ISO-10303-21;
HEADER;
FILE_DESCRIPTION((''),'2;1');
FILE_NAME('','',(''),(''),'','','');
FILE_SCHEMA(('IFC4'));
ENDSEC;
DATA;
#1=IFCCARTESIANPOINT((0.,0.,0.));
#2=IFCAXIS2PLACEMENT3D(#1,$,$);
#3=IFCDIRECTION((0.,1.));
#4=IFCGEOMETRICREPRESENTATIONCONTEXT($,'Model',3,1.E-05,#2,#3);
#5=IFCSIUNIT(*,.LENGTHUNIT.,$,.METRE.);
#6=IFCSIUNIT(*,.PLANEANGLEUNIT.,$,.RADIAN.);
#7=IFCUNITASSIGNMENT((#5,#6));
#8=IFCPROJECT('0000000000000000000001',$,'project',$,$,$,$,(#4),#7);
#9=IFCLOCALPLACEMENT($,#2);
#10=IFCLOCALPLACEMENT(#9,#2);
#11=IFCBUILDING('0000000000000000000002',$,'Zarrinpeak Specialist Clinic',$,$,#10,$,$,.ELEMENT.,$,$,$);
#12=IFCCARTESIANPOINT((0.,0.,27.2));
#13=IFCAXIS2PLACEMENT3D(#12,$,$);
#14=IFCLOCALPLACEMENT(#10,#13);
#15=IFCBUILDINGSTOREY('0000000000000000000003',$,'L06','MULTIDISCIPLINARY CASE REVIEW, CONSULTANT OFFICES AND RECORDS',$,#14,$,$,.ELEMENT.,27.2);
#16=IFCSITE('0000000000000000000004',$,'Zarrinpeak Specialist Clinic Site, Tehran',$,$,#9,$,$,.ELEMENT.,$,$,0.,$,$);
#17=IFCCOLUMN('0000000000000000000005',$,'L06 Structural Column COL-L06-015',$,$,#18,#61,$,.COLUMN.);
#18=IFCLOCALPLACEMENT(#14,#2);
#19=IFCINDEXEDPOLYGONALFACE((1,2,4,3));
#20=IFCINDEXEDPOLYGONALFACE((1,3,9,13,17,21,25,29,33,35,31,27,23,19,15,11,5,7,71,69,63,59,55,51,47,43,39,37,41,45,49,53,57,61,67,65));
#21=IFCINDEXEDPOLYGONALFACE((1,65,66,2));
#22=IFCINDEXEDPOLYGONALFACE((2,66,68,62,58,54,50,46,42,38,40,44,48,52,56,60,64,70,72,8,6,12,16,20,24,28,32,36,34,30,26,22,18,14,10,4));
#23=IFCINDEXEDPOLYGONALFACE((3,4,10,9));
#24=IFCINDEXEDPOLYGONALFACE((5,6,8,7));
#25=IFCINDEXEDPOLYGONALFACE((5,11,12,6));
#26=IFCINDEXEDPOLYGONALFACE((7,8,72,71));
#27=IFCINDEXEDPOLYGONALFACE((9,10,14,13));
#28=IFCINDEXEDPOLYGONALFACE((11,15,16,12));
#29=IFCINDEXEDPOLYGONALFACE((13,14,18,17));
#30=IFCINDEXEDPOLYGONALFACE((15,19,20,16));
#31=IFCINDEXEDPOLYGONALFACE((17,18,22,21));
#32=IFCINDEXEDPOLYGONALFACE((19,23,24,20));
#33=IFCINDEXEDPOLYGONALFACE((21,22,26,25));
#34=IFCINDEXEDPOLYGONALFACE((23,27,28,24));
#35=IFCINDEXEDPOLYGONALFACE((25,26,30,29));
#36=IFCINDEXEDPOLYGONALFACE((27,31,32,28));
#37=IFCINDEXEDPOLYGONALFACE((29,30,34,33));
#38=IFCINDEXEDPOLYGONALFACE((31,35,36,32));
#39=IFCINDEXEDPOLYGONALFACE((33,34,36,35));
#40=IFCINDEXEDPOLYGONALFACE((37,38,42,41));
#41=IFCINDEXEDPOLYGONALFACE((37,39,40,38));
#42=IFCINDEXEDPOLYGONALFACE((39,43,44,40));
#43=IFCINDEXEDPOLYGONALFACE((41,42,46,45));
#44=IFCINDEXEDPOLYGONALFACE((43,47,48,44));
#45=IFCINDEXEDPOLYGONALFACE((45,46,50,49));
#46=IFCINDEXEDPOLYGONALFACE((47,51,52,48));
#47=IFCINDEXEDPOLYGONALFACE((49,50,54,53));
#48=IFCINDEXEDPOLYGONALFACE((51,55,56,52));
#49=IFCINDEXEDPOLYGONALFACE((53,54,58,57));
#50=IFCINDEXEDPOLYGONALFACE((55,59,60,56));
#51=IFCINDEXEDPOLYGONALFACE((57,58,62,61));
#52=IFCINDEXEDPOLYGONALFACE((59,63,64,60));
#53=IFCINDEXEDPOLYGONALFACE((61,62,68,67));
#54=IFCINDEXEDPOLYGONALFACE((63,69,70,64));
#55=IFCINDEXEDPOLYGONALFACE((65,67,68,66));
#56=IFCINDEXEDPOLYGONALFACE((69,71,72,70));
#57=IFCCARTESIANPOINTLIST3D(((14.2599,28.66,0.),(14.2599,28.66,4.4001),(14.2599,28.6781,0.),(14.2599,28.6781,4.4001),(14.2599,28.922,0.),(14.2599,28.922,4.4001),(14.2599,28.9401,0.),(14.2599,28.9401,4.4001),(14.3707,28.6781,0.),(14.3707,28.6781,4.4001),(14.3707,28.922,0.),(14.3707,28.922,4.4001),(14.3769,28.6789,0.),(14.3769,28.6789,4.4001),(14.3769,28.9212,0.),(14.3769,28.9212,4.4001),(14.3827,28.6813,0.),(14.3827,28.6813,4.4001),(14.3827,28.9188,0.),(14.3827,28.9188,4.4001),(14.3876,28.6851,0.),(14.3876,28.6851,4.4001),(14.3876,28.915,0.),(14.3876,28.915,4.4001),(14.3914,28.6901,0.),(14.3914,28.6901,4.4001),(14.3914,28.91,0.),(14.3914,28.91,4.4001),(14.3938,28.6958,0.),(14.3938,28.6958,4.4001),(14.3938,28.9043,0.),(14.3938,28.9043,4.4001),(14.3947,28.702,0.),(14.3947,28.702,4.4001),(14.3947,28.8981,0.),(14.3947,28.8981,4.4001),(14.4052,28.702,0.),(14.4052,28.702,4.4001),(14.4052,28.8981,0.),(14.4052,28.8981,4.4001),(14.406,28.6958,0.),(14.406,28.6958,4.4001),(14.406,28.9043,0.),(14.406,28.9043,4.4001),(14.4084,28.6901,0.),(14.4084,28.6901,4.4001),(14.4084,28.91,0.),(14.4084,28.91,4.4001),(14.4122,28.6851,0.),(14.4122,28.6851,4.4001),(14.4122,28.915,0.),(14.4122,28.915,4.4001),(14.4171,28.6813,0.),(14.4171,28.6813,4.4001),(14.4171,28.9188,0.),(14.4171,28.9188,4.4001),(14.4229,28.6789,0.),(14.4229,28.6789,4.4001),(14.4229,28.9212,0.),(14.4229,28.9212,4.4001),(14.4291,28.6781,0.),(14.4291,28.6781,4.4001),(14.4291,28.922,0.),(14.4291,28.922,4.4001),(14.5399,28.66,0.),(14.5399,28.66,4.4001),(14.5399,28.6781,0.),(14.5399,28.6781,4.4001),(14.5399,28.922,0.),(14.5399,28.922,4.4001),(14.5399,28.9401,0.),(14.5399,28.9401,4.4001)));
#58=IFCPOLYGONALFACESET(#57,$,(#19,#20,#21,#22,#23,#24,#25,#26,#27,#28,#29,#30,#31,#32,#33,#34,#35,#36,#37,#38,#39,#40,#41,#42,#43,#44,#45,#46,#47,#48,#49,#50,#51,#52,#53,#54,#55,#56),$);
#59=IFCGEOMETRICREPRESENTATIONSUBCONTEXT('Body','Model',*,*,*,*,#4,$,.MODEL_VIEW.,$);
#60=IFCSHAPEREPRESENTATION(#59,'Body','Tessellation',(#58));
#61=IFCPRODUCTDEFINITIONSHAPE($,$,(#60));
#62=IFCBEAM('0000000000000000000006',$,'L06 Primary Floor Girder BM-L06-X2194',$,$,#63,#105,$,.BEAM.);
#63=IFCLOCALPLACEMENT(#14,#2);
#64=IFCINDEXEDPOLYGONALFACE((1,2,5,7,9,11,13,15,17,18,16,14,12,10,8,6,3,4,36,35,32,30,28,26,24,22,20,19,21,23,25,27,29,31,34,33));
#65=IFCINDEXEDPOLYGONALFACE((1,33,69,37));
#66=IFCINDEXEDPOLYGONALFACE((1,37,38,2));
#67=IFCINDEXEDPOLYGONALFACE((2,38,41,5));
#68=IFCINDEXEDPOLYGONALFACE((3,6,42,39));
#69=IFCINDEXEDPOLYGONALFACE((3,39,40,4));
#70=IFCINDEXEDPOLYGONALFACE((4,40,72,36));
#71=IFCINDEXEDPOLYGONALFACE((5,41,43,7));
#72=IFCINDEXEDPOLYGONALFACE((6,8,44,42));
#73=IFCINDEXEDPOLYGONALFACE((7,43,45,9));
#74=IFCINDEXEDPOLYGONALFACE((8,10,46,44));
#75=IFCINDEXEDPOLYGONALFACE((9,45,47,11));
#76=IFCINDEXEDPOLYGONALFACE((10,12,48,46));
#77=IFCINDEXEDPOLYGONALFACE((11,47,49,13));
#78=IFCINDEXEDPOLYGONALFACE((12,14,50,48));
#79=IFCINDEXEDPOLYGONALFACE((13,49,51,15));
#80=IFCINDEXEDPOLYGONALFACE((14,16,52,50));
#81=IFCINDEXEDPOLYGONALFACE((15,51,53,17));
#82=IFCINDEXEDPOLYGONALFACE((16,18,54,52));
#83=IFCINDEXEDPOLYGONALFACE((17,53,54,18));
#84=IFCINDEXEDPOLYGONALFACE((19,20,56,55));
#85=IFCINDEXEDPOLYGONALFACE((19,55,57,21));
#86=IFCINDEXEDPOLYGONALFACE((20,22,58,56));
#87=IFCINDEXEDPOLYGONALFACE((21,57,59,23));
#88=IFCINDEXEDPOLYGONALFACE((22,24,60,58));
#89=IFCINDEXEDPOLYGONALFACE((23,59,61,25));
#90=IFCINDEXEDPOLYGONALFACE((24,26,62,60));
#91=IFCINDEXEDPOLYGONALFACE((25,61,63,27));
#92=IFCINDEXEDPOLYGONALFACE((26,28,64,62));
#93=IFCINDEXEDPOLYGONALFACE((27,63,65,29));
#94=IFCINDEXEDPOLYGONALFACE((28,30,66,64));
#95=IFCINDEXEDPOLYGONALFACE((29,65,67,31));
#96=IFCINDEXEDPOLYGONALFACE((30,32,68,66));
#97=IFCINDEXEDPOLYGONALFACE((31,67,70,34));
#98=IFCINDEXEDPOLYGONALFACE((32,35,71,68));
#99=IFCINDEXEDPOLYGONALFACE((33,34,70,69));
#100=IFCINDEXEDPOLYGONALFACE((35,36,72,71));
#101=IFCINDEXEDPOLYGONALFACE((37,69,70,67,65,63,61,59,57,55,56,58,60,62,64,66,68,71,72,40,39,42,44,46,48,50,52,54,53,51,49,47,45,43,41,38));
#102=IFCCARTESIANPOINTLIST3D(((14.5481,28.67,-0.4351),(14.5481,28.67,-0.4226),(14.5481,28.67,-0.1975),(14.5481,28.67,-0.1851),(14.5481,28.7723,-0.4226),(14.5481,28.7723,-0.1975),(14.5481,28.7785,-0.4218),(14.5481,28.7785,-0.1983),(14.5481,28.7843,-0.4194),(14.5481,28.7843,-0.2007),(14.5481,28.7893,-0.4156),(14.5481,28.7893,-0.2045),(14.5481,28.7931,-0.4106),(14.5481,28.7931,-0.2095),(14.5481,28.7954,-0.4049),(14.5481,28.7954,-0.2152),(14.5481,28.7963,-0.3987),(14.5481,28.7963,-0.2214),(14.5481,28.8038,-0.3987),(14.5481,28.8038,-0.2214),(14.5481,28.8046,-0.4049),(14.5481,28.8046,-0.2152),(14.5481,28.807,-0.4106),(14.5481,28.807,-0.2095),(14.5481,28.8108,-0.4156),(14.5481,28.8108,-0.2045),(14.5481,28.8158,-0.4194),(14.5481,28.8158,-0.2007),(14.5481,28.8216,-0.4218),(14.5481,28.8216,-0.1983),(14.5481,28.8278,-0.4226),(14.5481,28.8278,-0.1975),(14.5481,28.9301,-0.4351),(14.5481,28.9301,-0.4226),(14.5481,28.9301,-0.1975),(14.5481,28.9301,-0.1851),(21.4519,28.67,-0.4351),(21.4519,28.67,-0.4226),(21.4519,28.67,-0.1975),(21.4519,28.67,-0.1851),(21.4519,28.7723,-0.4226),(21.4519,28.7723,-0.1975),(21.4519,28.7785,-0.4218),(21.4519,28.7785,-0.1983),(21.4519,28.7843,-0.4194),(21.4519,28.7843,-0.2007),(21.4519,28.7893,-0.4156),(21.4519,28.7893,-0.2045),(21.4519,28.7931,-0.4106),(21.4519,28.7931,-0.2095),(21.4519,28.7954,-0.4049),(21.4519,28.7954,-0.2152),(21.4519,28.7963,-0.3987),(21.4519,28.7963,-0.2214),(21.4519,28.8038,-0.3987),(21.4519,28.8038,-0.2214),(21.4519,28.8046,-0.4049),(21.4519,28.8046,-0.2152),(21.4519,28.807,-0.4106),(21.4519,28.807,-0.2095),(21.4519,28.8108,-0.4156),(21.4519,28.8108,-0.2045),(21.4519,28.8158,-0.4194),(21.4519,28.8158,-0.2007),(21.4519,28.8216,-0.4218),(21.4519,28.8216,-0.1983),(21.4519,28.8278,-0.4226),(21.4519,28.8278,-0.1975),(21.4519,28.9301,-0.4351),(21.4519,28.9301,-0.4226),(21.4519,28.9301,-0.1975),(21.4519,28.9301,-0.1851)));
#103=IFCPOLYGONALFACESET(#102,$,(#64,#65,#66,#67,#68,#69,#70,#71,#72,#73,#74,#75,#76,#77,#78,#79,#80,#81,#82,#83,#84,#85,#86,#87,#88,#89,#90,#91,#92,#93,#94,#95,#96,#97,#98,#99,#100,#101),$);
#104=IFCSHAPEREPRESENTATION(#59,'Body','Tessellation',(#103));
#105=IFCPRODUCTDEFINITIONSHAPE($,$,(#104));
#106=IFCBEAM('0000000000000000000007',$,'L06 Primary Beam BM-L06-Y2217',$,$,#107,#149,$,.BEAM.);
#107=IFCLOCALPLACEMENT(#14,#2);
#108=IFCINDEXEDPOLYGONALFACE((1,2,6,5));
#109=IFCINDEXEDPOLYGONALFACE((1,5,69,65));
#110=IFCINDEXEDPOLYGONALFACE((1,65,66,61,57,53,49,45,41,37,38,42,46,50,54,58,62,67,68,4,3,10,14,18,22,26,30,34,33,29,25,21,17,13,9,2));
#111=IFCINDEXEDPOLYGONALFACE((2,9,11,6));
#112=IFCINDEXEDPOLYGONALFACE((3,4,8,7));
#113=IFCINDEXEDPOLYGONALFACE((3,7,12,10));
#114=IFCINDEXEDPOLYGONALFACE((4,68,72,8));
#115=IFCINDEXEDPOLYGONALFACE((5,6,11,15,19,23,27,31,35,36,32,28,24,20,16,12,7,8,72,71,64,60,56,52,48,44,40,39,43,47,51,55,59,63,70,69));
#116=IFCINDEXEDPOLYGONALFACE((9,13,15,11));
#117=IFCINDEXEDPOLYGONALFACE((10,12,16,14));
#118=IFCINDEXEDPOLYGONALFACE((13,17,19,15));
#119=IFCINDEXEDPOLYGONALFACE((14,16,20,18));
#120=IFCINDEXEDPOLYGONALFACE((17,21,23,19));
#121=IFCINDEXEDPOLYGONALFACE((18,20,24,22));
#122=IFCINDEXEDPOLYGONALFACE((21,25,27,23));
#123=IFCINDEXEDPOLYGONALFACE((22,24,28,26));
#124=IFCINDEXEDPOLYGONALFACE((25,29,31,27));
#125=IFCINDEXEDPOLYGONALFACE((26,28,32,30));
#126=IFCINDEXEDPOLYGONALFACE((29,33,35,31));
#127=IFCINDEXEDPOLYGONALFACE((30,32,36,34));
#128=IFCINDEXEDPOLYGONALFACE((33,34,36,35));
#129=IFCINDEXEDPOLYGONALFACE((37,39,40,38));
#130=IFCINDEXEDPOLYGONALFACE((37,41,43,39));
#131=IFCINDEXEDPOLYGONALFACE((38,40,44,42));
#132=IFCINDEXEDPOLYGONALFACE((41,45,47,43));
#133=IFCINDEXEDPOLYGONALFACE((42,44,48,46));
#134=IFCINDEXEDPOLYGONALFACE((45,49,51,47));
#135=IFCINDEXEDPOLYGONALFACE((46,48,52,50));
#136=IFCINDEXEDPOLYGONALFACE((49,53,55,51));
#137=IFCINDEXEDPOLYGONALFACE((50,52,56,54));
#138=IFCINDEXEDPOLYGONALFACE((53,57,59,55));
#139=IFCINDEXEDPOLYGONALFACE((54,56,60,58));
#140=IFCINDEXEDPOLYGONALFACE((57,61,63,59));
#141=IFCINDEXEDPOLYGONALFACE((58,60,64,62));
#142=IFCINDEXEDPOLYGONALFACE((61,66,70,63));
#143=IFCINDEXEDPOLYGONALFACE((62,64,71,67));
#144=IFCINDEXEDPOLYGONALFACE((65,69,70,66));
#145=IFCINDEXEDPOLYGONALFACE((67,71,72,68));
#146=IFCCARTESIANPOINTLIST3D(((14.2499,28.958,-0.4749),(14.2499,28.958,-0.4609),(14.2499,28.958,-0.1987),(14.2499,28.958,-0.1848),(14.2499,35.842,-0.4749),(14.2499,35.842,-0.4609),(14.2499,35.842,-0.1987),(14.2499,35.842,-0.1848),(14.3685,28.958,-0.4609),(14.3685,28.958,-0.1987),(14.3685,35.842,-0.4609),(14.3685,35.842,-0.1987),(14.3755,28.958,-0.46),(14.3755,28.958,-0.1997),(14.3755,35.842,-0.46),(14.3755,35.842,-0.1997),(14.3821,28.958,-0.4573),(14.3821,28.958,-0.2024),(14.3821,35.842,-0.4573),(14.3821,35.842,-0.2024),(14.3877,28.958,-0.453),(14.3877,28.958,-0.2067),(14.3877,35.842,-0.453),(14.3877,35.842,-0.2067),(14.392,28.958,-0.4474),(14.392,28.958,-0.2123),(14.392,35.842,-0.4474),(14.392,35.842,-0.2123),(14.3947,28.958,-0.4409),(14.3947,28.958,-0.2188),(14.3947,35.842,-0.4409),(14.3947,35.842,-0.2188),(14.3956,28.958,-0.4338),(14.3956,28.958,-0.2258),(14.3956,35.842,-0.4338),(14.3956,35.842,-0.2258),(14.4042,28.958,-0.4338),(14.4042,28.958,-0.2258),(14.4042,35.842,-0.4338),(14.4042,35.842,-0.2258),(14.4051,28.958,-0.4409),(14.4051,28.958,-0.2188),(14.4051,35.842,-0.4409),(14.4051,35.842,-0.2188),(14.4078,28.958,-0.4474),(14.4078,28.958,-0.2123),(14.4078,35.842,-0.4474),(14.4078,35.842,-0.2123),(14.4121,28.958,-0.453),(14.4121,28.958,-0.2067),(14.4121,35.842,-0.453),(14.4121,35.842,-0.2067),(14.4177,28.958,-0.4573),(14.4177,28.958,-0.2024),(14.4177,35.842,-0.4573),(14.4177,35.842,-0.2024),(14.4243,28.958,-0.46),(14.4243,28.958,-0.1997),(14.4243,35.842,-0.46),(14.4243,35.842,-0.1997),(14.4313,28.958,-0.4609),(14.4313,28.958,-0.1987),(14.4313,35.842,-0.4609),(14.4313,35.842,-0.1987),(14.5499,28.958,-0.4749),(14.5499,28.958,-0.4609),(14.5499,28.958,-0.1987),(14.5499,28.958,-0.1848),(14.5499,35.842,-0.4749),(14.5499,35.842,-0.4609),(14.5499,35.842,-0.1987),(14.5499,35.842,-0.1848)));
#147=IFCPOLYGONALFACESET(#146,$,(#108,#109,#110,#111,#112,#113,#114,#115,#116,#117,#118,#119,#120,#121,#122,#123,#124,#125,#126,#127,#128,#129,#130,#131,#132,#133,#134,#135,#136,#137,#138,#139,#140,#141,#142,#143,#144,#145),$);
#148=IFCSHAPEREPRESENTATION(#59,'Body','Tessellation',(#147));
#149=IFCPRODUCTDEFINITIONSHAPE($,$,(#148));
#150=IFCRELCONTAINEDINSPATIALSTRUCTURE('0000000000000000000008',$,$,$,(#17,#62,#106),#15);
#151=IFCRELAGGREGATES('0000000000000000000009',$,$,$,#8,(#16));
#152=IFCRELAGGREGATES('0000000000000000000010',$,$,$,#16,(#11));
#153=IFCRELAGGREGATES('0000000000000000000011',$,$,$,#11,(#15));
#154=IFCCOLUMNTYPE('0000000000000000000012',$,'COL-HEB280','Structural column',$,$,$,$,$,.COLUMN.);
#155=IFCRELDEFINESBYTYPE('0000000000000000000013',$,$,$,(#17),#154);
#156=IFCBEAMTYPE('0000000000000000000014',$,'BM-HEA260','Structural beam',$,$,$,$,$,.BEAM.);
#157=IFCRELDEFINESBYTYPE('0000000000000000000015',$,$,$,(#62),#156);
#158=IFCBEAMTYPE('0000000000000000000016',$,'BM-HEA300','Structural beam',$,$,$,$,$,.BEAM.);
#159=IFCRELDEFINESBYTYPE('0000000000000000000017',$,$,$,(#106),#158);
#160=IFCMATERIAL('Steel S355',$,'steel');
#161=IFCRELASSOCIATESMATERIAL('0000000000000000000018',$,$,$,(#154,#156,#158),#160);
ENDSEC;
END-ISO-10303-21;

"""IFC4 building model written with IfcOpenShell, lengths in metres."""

from ifc_helpers import new_model, si_unit, direction, frame, origin, origin_2d, place, context, subcontext, project, spatial, i_section, extrude, material, material_profile, profile_set, type_object, element, save


model = new_model("IFC4")

# Units and contexts
model_context = context("Model", 3, precision=1e-05, world=origin(), true_north=direction((0.0, 1.0)))
body_context = subcontext(model_context, "Body", "Model", "MODEL_VIEW")
ifc_project = project(units=[si_unit("LENGTHUNIT", "METRE"), si_unit("PLANEANGLEUNIT", "RADIAN")], contexts=[model_context])

# Site, building, storey
site_placement = place(None, origin())
site = spatial("IfcSite", under=ifc_project, at=site_placement, Name="Zarrinpeak Specialist Clinic Site, Tehran", CompositionType="ELEMENT", RefElevation=0.0)
building_placement = place(site_placement, origin())
building = spatial("IfcBuilding", under=site, at=building_placement, Name="Zarrinpeak Specialist Clinic", CompositionType="ELEMENT")
storey_placement = place(building_placement, frame((0.0, 0.0, 27.2)))
storey = spatial("IfcBuildingStorey", under=building, at=storey_placement, Name="L06", Description="MULTIDISCIPLINARY CASE REVIEW, CONSULTANT OFFICES AND RECORDS", CompositionType="ELEMENT", Elevation=27.2)

# Column
ifc_material_1 = material(Name="Steel S355", Category="steel")
ifc_material_profile_1 = material_profile(ifc_material_1, i_section(OverallWidth=0.28, OverallDepth=0.28, WebThickness=0.0105, FlangeThickness=0.0181, FilletRadius=0.0239, at=origin_2d()), Name="HEB 280")
ifc_profile_set_1 = profile_set([ifc_material_profile_1], Name="Steel S355")
column_type = type_object("IfcColumnType", Name="COL-HEB280", Description="Structural column", PredefinedType="COLUMN", material=ifc_profile_set_1)
column_placement = place(storey_placement, frame((14.3999, 28.8, 0.0), z_axis=(0.0, 0.0, 1.0), x_axis=(1.0, 0.0, 0.0)))
element("IfcColumn", 1, at=column_placement, inside=storey, type_object=column_type, Name="L06 Structural Column COL-L06-015", PredefinedType="COLUMN", context=body_context, shape_type="SweptSolid", body=[
    extrude(i_section(OverallWidth=0.28, OverallDepth=0.28, WebThickness=0.0105, FlangeThickness=0.0181, FilletRadius=0.0239, at=origin_2d()), origin(), (0.0, 0.0, 1.0), 4.4001),
])

# Beams
ifc_material_profile_2 = material_profile(ifc_material_1, i_section(OverallWidth=0.26, OverallDepth=0.25, WebThickness=0.0076, FlangeThickness=0.0125, FilletRadius=0.0239, at=origin_2d()), Name="HEA 260")
ifc_profile_set_2 = profile_set([ifc_material_profile_2], Name="Steel S355")
beam_type_1 = type_object("IfcBeamType", Name="BM-HEA260", Description="Structural beam", PredefinedType="BEAM", material=ifc_profile_set_2)
beam_1_placement = place(storey_placement, frame((14.5481, 28.8, -0.3101), z_axis=(1.0, 0.0, 0.0), x_axis=(0.0, 1.0, 0.0)))
element("IfcBeam", 2, at=beam_1_placement, inside=storey, type_object=beam_type_1, Name="L06 Primary Floor Girder BM-L06-X2194", PredefinedType="BEAM", context=body_context, shape_type="SweptSolid", body=[
    extrude(i_section(OverallWidth=0.26, OverallDepth=0.25, WebThickness=0.0076, FlangeThickness=0.0125, FilletRadius=0.0239, at=origin_2d()), origin(), (0.0, 0.0, 1.0), 6.9038),
])
ifc_material_profile_3 = material_profile(ifc_material_1, i_section(OverallWidth=0.3, OverallDepth=0.29, WebThickness=0.0085, FlangeThickness=0.0139, FilletRadius=0.0271, at=origin_2d()), Name="HEA 300")
ifc_profile_set_3 = profile_set([ifc_material_profile_3], Name="Steel S355")
beam_type_2 = type_object("IfcBeamType", Name="BM-HEA300", Description="Structural beam", PredefinedType="BEAM", material=ifc_profile_set_3)
beam_2_placement = place(storey_placement, frame((14.3999, 28.958, -0.3298), z_axis=(0.0, 1.0, 0.0), x_axis=(-1.0, 0.0, 0.0)))
element("IfcBeam", 3, at=beam_2_placement, inside=storey, type_object=beam_type_2, Name="L06 Primary Beam BM-L06-Y2217", PredefinedType="BEAM", context=body_context, shape_type="SweptSolid", body=[
    extrude(i_section(OverallWidth=0.3, OverallDepth=0.29, WebThickness=0.0085, FlangeThickness=0.0139, FilletRadius=0.0271, at=origin_2d()), origin(), (0.0, 0.0, 1.0), 6.884),
])

save(model, "model.ifc")
